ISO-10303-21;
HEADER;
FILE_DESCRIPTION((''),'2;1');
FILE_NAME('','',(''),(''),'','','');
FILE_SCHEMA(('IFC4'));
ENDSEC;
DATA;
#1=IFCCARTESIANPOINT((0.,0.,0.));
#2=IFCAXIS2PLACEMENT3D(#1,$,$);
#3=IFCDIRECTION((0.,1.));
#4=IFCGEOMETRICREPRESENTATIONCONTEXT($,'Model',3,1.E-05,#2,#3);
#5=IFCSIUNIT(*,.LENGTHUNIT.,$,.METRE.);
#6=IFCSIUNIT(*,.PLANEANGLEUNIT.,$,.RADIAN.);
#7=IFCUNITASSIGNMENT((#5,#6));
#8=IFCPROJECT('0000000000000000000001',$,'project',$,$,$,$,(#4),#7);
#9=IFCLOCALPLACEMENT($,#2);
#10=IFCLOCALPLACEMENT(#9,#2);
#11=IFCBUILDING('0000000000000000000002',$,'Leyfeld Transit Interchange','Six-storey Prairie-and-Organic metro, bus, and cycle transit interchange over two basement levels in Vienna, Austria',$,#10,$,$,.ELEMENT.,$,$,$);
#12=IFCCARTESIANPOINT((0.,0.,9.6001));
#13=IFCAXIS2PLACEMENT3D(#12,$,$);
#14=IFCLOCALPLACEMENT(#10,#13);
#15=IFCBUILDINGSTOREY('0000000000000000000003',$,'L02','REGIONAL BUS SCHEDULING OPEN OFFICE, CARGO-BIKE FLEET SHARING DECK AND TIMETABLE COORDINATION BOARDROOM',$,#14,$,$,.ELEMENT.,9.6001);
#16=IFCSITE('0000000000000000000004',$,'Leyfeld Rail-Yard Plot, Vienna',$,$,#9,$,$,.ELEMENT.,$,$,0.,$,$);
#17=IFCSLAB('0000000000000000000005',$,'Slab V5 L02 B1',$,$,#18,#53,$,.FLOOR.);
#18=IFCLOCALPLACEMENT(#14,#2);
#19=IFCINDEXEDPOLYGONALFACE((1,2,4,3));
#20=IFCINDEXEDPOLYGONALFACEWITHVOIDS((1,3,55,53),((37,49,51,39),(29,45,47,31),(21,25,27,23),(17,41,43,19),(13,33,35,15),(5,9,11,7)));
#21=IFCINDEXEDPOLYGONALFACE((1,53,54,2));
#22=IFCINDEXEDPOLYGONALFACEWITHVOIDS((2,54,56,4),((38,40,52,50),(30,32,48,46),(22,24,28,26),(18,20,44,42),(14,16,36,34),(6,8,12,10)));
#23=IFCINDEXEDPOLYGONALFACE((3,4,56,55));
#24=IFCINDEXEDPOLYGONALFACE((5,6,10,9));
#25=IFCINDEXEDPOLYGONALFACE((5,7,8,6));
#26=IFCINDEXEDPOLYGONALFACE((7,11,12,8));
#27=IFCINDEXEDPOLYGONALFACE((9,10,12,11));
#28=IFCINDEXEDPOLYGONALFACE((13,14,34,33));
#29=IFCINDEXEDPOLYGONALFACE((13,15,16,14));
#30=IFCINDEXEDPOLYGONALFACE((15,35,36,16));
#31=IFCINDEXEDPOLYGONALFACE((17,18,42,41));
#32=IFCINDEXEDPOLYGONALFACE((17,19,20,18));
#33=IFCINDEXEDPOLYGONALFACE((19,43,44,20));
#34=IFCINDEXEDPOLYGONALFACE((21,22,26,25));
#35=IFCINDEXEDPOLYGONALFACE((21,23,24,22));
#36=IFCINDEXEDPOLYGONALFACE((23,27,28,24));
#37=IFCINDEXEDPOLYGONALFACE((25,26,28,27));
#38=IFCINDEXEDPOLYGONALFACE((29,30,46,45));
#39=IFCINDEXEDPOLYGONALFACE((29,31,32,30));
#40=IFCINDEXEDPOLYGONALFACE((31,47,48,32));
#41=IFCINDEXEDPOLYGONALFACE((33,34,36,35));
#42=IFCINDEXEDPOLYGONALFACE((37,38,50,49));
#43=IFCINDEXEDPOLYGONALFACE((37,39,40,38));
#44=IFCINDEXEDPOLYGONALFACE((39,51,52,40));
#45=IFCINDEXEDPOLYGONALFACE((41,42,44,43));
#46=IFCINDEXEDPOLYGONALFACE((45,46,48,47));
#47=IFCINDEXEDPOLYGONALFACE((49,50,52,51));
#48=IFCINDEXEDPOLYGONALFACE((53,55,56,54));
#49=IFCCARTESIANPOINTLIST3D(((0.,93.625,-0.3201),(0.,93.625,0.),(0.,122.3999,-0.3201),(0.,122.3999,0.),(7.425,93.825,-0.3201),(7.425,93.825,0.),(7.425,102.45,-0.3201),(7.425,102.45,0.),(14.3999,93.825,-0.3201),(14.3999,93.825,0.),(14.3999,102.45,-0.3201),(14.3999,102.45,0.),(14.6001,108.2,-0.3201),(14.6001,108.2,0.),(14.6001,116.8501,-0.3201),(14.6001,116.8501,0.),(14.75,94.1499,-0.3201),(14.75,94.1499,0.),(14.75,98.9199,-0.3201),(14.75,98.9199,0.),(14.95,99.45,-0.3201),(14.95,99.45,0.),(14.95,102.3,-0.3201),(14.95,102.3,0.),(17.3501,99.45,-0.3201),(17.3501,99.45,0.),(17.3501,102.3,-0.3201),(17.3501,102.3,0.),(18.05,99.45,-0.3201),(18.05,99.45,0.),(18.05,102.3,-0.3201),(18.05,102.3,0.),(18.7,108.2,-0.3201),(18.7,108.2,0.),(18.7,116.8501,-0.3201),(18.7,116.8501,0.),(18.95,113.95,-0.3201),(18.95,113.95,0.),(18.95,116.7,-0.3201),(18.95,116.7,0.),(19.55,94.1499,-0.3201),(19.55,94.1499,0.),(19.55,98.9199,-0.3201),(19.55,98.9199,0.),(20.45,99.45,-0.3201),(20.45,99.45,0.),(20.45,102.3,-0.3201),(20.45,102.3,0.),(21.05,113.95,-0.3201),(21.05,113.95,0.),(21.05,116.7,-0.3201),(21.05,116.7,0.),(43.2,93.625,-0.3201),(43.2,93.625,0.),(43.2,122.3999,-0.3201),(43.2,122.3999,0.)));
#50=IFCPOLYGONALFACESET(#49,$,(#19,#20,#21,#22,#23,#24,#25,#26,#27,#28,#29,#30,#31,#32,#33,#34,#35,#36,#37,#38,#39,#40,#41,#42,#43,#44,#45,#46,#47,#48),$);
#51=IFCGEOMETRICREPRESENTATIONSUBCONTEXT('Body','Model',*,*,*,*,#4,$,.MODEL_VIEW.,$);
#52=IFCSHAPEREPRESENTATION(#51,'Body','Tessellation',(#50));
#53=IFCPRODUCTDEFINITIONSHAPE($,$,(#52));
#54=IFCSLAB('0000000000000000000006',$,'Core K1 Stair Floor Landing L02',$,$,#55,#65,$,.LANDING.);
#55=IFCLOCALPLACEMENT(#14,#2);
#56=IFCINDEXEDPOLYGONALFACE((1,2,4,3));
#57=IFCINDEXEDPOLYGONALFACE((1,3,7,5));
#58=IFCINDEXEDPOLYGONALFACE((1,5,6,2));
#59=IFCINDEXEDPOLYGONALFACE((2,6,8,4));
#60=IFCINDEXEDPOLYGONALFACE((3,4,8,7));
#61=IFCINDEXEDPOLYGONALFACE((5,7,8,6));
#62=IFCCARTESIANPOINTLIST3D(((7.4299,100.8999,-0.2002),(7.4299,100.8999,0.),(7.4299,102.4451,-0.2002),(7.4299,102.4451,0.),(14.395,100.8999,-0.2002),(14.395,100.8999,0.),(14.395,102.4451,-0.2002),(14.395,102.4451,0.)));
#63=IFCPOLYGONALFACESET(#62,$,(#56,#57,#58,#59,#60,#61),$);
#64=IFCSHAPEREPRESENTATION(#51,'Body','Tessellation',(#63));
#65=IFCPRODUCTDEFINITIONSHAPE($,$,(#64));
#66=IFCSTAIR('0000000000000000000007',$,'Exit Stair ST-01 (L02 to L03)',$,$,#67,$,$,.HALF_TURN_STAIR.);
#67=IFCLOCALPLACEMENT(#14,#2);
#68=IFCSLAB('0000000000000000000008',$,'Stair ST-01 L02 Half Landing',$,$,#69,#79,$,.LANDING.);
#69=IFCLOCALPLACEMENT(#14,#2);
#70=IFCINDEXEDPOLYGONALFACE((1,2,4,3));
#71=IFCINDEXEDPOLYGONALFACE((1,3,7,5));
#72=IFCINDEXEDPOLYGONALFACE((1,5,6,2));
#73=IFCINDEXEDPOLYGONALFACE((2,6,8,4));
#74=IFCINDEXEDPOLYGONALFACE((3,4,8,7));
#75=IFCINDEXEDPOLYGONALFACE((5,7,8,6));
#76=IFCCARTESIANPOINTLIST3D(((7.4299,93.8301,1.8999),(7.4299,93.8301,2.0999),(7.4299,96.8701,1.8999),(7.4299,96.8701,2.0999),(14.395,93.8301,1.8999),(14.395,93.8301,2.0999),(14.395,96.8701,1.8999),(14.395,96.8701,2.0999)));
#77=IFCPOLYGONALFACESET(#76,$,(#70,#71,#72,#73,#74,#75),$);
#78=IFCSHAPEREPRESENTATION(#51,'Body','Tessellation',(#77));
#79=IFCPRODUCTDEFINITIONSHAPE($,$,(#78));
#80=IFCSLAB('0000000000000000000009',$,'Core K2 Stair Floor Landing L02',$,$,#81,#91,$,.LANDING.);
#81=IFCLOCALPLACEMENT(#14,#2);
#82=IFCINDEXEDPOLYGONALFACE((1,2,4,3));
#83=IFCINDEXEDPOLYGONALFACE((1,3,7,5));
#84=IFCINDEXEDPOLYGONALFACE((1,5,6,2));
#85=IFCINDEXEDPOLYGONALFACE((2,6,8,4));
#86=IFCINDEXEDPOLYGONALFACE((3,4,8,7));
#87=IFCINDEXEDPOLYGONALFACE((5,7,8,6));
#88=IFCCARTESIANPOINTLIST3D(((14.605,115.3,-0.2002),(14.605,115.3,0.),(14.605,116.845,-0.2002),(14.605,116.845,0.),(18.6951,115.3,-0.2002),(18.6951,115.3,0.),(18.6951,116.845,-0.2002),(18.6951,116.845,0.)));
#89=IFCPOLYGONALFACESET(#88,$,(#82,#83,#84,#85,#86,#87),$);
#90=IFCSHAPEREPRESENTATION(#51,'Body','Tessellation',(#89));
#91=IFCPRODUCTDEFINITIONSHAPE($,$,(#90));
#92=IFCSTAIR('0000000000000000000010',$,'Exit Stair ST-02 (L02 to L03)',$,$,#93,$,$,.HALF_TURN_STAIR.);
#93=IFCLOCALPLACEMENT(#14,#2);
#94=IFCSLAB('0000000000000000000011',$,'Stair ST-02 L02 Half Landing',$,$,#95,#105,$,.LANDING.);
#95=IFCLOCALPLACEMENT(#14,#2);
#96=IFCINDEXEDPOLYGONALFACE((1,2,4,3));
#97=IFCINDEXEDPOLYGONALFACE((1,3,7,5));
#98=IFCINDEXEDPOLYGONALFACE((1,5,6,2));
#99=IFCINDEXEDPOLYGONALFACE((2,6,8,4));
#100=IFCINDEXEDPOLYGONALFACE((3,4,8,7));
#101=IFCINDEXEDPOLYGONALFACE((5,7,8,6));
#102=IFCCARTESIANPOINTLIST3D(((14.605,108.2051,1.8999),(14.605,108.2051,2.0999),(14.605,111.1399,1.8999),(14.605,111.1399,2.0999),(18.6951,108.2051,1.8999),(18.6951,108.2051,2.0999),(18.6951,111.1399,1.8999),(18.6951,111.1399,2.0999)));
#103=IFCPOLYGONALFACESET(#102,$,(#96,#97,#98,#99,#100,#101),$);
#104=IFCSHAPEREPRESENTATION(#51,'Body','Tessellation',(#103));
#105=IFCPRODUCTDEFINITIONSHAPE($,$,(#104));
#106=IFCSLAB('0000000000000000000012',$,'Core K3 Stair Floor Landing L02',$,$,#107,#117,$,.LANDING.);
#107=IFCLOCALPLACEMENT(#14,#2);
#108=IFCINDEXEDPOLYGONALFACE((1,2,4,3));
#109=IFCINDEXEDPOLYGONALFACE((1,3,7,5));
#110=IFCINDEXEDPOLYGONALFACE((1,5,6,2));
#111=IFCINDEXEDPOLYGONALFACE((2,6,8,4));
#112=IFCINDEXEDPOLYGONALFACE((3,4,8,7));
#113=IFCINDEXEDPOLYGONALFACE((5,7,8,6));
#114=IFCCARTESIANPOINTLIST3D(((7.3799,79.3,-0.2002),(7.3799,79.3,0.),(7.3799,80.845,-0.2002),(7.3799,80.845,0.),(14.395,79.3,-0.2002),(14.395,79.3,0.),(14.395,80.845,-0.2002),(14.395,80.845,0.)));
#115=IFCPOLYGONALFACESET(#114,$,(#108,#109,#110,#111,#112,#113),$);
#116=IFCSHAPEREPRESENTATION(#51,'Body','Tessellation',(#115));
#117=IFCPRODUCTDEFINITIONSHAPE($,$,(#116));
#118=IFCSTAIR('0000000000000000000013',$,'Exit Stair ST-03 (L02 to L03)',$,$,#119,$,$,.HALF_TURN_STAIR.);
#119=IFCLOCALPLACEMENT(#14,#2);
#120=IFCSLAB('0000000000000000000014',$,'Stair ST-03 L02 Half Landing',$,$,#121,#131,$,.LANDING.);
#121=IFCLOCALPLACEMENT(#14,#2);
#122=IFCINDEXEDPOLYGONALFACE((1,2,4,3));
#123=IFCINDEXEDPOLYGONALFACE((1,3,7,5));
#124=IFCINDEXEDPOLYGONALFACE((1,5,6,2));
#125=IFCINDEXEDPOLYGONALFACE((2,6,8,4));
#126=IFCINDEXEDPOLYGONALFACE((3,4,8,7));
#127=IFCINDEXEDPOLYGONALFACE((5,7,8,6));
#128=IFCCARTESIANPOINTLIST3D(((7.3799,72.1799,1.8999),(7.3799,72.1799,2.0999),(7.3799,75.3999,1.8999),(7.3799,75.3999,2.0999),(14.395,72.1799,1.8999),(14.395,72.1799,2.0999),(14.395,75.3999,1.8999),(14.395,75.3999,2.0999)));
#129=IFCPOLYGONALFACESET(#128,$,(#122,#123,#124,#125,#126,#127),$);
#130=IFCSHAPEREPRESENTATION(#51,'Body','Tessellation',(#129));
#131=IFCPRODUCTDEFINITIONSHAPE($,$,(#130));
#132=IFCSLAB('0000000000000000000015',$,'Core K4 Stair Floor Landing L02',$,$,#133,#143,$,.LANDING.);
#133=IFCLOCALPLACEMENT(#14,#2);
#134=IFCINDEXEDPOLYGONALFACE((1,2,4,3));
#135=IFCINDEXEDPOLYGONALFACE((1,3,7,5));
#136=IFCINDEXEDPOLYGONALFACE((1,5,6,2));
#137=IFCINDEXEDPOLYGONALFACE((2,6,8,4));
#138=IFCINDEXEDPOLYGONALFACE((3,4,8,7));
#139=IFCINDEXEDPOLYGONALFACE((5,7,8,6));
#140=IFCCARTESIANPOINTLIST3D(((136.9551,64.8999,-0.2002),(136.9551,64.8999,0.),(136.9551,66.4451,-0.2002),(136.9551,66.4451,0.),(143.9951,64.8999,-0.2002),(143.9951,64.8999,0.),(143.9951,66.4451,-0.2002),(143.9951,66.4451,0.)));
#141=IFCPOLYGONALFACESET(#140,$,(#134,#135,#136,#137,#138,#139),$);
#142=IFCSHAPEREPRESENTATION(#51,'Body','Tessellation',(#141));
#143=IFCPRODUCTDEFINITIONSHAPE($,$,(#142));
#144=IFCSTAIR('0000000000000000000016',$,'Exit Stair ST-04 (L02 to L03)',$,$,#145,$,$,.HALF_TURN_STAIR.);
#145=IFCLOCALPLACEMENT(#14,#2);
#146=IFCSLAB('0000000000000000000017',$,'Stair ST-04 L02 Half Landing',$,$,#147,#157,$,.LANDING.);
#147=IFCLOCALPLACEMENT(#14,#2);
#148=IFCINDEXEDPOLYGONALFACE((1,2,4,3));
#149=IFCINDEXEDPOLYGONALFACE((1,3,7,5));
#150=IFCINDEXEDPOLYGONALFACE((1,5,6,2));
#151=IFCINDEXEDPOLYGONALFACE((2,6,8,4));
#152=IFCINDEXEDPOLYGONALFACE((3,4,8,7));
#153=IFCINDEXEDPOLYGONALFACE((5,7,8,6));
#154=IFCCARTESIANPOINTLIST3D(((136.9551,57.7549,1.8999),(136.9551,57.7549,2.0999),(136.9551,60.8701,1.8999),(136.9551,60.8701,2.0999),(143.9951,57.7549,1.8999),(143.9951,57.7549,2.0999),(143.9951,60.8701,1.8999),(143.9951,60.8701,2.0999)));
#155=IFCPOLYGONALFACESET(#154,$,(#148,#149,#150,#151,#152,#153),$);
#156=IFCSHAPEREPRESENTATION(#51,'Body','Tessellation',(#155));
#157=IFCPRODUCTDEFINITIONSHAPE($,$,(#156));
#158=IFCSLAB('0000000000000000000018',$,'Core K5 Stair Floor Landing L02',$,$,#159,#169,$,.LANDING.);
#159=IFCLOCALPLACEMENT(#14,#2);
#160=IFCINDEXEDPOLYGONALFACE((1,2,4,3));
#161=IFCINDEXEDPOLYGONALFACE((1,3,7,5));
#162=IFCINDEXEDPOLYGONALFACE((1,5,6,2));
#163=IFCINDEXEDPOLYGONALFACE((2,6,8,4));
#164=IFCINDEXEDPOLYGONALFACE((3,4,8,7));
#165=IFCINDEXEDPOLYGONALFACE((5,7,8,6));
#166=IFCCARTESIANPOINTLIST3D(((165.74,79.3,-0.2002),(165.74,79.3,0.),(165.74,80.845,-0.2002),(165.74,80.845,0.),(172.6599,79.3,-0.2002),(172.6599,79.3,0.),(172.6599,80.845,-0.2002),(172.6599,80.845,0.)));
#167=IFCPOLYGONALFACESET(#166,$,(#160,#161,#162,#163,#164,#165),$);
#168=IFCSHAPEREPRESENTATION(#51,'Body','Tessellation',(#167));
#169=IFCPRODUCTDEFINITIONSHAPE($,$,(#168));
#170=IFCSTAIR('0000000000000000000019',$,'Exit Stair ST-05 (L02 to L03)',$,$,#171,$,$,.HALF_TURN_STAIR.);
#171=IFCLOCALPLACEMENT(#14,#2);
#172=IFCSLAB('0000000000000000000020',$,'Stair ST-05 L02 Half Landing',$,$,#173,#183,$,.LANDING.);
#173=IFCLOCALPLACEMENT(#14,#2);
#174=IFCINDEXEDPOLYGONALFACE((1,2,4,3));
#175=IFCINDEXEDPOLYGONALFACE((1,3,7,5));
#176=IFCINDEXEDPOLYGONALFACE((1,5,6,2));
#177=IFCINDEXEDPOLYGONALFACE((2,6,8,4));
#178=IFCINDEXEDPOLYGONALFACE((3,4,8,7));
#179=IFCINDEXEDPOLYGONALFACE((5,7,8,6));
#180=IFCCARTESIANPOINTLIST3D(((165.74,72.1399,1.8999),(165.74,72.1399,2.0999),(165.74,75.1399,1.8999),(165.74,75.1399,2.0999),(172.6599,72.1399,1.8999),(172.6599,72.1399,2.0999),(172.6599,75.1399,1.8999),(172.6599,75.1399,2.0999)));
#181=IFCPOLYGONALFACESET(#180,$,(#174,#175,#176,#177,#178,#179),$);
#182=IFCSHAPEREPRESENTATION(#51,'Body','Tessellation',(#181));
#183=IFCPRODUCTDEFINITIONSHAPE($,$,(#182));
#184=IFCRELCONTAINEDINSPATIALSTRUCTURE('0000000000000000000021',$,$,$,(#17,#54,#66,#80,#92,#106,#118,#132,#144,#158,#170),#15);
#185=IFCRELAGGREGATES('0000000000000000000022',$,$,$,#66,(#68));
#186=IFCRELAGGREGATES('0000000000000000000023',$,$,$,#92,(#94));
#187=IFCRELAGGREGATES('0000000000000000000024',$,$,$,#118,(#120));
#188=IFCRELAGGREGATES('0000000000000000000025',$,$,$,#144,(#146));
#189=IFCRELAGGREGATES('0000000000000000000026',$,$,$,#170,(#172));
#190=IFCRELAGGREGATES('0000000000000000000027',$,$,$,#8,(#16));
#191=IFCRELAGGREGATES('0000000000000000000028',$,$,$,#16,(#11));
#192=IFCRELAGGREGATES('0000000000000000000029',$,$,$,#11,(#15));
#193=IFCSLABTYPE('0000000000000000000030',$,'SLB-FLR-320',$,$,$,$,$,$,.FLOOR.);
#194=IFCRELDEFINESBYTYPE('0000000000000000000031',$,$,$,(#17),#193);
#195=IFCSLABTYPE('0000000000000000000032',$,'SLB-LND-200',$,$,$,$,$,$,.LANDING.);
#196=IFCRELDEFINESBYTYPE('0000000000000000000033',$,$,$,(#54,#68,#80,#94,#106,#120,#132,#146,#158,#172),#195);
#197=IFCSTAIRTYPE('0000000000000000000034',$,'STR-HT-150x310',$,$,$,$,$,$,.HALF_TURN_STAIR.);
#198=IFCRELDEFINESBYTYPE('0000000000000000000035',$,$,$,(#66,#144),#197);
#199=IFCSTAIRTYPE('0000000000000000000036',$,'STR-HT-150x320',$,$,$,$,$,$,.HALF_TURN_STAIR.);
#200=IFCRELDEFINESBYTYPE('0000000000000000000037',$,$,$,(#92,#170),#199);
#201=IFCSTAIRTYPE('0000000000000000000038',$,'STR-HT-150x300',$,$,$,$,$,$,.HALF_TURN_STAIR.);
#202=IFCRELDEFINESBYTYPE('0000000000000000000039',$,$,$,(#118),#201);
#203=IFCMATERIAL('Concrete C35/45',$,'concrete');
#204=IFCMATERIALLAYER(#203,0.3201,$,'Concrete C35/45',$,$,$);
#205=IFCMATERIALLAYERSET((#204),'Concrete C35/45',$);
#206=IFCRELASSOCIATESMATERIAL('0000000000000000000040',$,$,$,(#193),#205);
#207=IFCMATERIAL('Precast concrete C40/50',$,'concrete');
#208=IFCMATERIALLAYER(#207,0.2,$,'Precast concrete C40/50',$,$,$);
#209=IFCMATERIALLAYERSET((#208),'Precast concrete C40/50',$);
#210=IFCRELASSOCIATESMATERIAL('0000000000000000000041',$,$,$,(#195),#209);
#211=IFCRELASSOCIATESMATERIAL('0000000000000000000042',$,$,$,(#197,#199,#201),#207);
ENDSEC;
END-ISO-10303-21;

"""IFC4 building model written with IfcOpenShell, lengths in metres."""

from ifc_helpers import new_model, si_unit, direction, frame, origin, place, context, subcontext, project, spatial, polyline, outline, extrude, material, layer, layer_set, type_object, element, aggregate, save


model = new_model("IFC4")

# Units and contexts
model_context = context("Model", 3, precision=1e-05, world=origin(), true_north=direction((0.0, 1.0)))
body_context = subcontext(model_context, "Body", "Model", "MODEL_VIEW")
ifc_project = project(units=[si_unit("LENGTHUNIT", "METRE"), si_unit("PLANEANGLEUNIT", "RADIAN")], contexts=[model_context])

# Site, building, storey
site_placement = place(None, origin())
site = spatial("IfcSite", under=ifc_project, at=site_placement, Name="Leyfeld Rail-Yard Plot, Vienna", CompositionType="ELEMENT", RefElevation=0.0)
building_placement = place(site_placement, origin())
building = spatial("IfcBuilding", under=site, at=building_placement, Name="Leyfeld Transit Interchange", Description="Six-storey Prairie-and-Organic metro, bus, and cycle transit interchange over two basement levels in Vienna, Austria", CompositionType="ELEMENT")
storey_placement = place(building_placement, frame((0.0, 0.0, 9.6001)))
storey = spatial("IfcBuildingStorey", under=building, at=storey_placement, Name="L02", Description="REGIONAL BUS SCHEDULING OPEN OFFICE, CARGO-BIKE FLEET SHARING DECK AND TIMETABLE COORDINATION BOARDROOM", CompositionType="ELEMENT", Elevation=9.6001)

# Slabs
ifc_material_1 = material(Name="Concrete C35/45", Category="concrete")
ifc_layer_1 = layer(ifc_material_1, 0.3201, Name="Concrete C35/45")
ifc_layer_set_1 = layer_set([ifc_layer_1], Name="Concrete C35/45")
slab_type_1 = type_object("IfcSlabType", Name="SLB-FLR-320", PredefinedType="FLOOR", material=ifc_layer_set_1)
slab_1_placement = place(storey_placement, frame((0.0, 0.0, -0.3201)))
element("IfcSlab", 1, at=slab_1_placement, inside=storey, type_object=slab_type_1, Name="Slab V5 L02 B1", PredefinedType="FLOOR", context=body_context, shape_type="SweptSolid", body=[
    extrude(outline(polyline([(0.0, 122.3999), (0.0, 93.625), (43.2, 93.625), (43.2, 122.3999), (0.0, 122.3999)]), holes=[polyline([(7.425, 102.45), (14.3999, 102.45), (14.3999, 93.825), (7.425, 93.825), (7.425, 102.45)]), polyline([(19.55, 98.9199), (19.55, 94.1499), (14.75, 94.1499), (14.75, 98.9199), (19.55, 98.9199)]), polyline([(17.3501, 99.45), (14.95, 99.45), (14.95, 102.3), (17.3501, 102.3), (17.3501, 99.45)]), polyline([(18.05, 99.45), (18.05, 102.3), (20.45, 102.3), (20.45, 99.45), (18.05, 99.45)]), polyline([(14.6001, 116.8501), (18.7, 116.8501), (18.7, 108.2), (14.6001, 108.2), (14.6001, 116.8501)]), polyline([(21.05, 116.7), (21.05, 113.95), (18.95, 113.95), (18.95, 116.7), (21.05, 116.7)])]), origin(), (0.0, 0.0, 1.0), 0.3201),
])
ifc_material_2 = material(Name="Precast concrete C40/50", Category="concrete")
ifc_layer_2 = layer(ifc_material_2, 0.2, Name="Precast concrete C40/50")
ifc_layer_set_2 = layer_set([ifc_layer_2], Name="Precast concrete C40/50")
slab_type_2 = type_object("IfcSlabType", Name="SLB-LND-200", PredefinedType="LANDING", material=ifc_layer_set_2)
slab_2_placement = place(storey_placement, frame((0.0, 0.0, -0.2002)))
element("IfcSlab", 2, at=slab_2_placement, inside=storey, type_object=slab_type_2, Name="Core K1 Stair Floor Landing L02", PredefinedType="LANDING", context=body_context, shape_type="SweptSolid", body=[
    extrude(outline(polyline([(7.4299, 100.8999), (14.395, 100.8999), (14.395, 102.4451), (7.4299, 102.4451), (7.4299, 100.8999)])), origin(), (0.0, 0.0, 1.0), 0.2002),
])

# Stair, slab
stair_type_1 = type_object("IfcStairType", Name="STR-HT-150x310", PredefinedType="HALF_TURN_STAIR", material=ifc_material_2)
stair_1_placement = place(storey_placement, origin())
stair_1 = element("IfcStair", 3, at=stair_1_placement, inside=storey, type_object=stair_type_1, Name="Exit Stair ST-01 (L02 to L03)", PredefinedType="HALF_TURN_STAIR")
slab_3_placement = place(storey_placement, frame((0.0, 0.0, 1.8999)))
slab_3 = element("IfcSlab", 4, at=slab_3_placement, type_object=slab_type_2, Name="Stair ST-01 L02 Half Landing", PredefinedType="LANDING", context=body_context, shape_type="SweptSolid", body=[
    extrude(outline(polyline([(7.4299, 93.8301), (14.395, 93.8301), (14.395, 96.8701), (7.4299, 96.8701), (7.4299, 93.8301)])), origin(), (0.0, 0.0, 1.0), 0.2),
])
aggregate(stair_1, [slab_3])

# Slab
slab_4_placement = place(storey_placement, frame((0.0, 0.0, -0.2002)))
element("IfcSlab", 5, at=slab_4_placement, inside=storey, type_object=slab_type_2, Name="Core K2 Stair Floor Landing L02", PredefinedType="LANDING", context=body_context, shape_type="SweptSolid", body=[
    extrude(outline(polyline([(14.605, 115.3), (18.6951, 115.3), (18.6951, 116.845), (14.605, 116.845), (14.605, 115.3)])), origin(), (0.0, 0.0, 1.0), 0.2002),
])

# Stair, slab
stair_type_2 = type_object("IfcStairType", Name="STR-HT-150x320", PredefinedType="HALF_TURN_STAIR", material=ifc_material_2)
stair_2_placement = place(storey_placement, origin())
stair_2 = element("IfcStair", 6, at=stair_2_placement, inside=storey, type_object=stair_type_2, Name="Exit Stair ST-02 (L02 to L03)", PredefinedType="HALF_TURN_STAIR")
slab_5_placement = place(storey_placement, frame((0.0, 0.0, 1.8999)))
slab_5 = element("IfcSlab", 7, at=slab_5_placement, type_object=slab_type_2, Name="Stair ST-02 L02 Half Landing", PredefinedType="LANDING", context=body_context, shape_type="SweptSolid", body=[
    extrude(outline(polyline([(14.605, 108.2051), (18.6951, 108.2051), (18.6951, 111.1399), (14.605, 111.1399), (14.605, 108.2051)])), origin(), (0.0, 0.0, 1.0), 0.2),
])
aggregate(stair_2, [slab_5])

# Slab
slab_6_placement = place(storey_placement, frame((0.0, 0.0, -0.2002)))
element("IfcSlab", 8, at=slab_6_placement, inside=storey, type_object=slab_type_2, Name="Core K3 Stair Floor Landing L02", PredefinedType="LANDING", context=body_context, shape_type="SweptSolid", body=[
    extrude(outline(polyline([(7.3799, 79.3), (14.395, 79.3), (14.395, 80.845), (7.3799, 80.845), (7.3799, 79.3)])), origin(), (0.0, 0.0, 1.0), 0.2002),
])

# Stair, slab
stair_type_3 = type_object("IfcStairType", Name="STR-HT-150x300", PredefinedType="HALF_TURN_STAIR", material=ifc_material_2)
stair_3_placement = place(storey_placement, origin())
stair_3 = element("IfcStair", 9, at=stair_3_placement, inside=storey, type_object=stair_type_3, Name="Exit Stair ST-03 (L02 to L03)", PredefinedType="HALF_TURN_STAIR")
slab_7_placement = place(storey_placement, frame((0.0, 0.0, 1.8999)))
slab_7 = element("IfcSlab", 10, at=slab_7_placement, type_object=slab_type_2, Name="Stair ST-03 L02 Half Landing", PredefinedType="LANDING", context=body_context, shape_type="SweptSolid", body=[
    extrude(outline(polyline([(7.3799, 72.1799), (14.395, 72.1799), (14.395, 75.3999), (7.3799, 75.3999), (7.3799, 72.1799)])), origin(), (0.0, 0.0, 1.0), 0.2),
])
aggregate(stair_3, [slab_7])

# Slab
slab_8_placement = place(storey_placement, frame((0.0, 0.0, -0.2002)))
element("IfcSlab", 11, at=slab_8_placement, inside=storey, type_object=slab_type_2, Name="Core K4 Stair Floor Landing L02", PredefinedType="LANDING", context=body_context, shape_type="SweptSolid", body=[
    extrude(outline(polyline([(136.9551, 64.8999), (143.9951, 64.8999), (143.9951, 66.4451), (136.9551, 66.4451), (136.9551, 64.8999)])), origin(), (0.0, 0.0, 1.0), 0.2002),
])

# Stair, slab
stair_4_placement = place(storey_placement, origin())
stair_4 = element("IfcStair", 12, at=stair_4_placement, inside=storey, type_object=stair_type_1, Name="Exit Stair ST-04 (L02 to L03)", PredefinedType="HALF_TURN_STAIR")
slab_9_placement = place(storey_placement, frame((0.0, 0.0, 1.8999)))
slab_9 = element("IfcSlab", 13, at=slab_9_placement, type_object=slab_type_2, Name="Stair ST-04 L02 Half Landing", PredefinedType="LANDING", context=body_context, shape_type="SweptSolid", body=[
    extrude(outline(polyline([(136.9551, 57.7549), (143.9951, 57.7549), (143.9951, 60.8701), (136.9551, 60.8701), (136.9551, 57.7549)])), origin(), (0.0, 0.0, 1.0), 0.2),
])
aggregate(stair_4, [slab_9])

# Slab
slab_10_placement = place(storey_placement, frame((0.0, 0.0, -0.2002)))
element("IfcSlab", 14, at=slab_10_placement, inside=storey, type_object=slab_type_2, Name="Core K5 Stair Floor Landing L02", PredefinedType="LANDING", context=body_context, shape_type="SweptSolid", body=[
    extrude(outline(polyline([(165.74, 79.3), (172.6599, 79.3), (172.6599, 80.845), (165.74, 80.845), (165.74, 79.3)])), origin(), (0.0, 0.0, 1.0), 0.2002),
])

# Stair, slab
stair_5_placement = place(storey_placement, origin())
stair_5 = element("IfcStair", 15, at=stair_5_placement, inside=storey, type_object=stair_type_2, Name="Exit Stair ST-05 (L02 to L03)", PredefinedType="HALF_TURN_STAIR")
slab_11_placement = place(storey_placement, frame((0.0, 0.0, 1.8999)))
slab_11 = element("IfcSlab", 16, at=slab_11_placement, type_object=slab_type_2, Name="Stair ST-05 L02 Half Landing", PredefinedType="LANDING", context=body_context, shape_type="SweptSolid", body=[
    extrude(outline(polyline([(165.74, 72.1399), (172.6599, 72.1399), (172.6599, 75.1399), (165.74, 75.1399), (165.74, 72.1399)])), origin(), (0.0, 0.0, 1.0), 0.2),
])
aggregate(stair_5, [slab_11])

save(model, "model.ifc")
